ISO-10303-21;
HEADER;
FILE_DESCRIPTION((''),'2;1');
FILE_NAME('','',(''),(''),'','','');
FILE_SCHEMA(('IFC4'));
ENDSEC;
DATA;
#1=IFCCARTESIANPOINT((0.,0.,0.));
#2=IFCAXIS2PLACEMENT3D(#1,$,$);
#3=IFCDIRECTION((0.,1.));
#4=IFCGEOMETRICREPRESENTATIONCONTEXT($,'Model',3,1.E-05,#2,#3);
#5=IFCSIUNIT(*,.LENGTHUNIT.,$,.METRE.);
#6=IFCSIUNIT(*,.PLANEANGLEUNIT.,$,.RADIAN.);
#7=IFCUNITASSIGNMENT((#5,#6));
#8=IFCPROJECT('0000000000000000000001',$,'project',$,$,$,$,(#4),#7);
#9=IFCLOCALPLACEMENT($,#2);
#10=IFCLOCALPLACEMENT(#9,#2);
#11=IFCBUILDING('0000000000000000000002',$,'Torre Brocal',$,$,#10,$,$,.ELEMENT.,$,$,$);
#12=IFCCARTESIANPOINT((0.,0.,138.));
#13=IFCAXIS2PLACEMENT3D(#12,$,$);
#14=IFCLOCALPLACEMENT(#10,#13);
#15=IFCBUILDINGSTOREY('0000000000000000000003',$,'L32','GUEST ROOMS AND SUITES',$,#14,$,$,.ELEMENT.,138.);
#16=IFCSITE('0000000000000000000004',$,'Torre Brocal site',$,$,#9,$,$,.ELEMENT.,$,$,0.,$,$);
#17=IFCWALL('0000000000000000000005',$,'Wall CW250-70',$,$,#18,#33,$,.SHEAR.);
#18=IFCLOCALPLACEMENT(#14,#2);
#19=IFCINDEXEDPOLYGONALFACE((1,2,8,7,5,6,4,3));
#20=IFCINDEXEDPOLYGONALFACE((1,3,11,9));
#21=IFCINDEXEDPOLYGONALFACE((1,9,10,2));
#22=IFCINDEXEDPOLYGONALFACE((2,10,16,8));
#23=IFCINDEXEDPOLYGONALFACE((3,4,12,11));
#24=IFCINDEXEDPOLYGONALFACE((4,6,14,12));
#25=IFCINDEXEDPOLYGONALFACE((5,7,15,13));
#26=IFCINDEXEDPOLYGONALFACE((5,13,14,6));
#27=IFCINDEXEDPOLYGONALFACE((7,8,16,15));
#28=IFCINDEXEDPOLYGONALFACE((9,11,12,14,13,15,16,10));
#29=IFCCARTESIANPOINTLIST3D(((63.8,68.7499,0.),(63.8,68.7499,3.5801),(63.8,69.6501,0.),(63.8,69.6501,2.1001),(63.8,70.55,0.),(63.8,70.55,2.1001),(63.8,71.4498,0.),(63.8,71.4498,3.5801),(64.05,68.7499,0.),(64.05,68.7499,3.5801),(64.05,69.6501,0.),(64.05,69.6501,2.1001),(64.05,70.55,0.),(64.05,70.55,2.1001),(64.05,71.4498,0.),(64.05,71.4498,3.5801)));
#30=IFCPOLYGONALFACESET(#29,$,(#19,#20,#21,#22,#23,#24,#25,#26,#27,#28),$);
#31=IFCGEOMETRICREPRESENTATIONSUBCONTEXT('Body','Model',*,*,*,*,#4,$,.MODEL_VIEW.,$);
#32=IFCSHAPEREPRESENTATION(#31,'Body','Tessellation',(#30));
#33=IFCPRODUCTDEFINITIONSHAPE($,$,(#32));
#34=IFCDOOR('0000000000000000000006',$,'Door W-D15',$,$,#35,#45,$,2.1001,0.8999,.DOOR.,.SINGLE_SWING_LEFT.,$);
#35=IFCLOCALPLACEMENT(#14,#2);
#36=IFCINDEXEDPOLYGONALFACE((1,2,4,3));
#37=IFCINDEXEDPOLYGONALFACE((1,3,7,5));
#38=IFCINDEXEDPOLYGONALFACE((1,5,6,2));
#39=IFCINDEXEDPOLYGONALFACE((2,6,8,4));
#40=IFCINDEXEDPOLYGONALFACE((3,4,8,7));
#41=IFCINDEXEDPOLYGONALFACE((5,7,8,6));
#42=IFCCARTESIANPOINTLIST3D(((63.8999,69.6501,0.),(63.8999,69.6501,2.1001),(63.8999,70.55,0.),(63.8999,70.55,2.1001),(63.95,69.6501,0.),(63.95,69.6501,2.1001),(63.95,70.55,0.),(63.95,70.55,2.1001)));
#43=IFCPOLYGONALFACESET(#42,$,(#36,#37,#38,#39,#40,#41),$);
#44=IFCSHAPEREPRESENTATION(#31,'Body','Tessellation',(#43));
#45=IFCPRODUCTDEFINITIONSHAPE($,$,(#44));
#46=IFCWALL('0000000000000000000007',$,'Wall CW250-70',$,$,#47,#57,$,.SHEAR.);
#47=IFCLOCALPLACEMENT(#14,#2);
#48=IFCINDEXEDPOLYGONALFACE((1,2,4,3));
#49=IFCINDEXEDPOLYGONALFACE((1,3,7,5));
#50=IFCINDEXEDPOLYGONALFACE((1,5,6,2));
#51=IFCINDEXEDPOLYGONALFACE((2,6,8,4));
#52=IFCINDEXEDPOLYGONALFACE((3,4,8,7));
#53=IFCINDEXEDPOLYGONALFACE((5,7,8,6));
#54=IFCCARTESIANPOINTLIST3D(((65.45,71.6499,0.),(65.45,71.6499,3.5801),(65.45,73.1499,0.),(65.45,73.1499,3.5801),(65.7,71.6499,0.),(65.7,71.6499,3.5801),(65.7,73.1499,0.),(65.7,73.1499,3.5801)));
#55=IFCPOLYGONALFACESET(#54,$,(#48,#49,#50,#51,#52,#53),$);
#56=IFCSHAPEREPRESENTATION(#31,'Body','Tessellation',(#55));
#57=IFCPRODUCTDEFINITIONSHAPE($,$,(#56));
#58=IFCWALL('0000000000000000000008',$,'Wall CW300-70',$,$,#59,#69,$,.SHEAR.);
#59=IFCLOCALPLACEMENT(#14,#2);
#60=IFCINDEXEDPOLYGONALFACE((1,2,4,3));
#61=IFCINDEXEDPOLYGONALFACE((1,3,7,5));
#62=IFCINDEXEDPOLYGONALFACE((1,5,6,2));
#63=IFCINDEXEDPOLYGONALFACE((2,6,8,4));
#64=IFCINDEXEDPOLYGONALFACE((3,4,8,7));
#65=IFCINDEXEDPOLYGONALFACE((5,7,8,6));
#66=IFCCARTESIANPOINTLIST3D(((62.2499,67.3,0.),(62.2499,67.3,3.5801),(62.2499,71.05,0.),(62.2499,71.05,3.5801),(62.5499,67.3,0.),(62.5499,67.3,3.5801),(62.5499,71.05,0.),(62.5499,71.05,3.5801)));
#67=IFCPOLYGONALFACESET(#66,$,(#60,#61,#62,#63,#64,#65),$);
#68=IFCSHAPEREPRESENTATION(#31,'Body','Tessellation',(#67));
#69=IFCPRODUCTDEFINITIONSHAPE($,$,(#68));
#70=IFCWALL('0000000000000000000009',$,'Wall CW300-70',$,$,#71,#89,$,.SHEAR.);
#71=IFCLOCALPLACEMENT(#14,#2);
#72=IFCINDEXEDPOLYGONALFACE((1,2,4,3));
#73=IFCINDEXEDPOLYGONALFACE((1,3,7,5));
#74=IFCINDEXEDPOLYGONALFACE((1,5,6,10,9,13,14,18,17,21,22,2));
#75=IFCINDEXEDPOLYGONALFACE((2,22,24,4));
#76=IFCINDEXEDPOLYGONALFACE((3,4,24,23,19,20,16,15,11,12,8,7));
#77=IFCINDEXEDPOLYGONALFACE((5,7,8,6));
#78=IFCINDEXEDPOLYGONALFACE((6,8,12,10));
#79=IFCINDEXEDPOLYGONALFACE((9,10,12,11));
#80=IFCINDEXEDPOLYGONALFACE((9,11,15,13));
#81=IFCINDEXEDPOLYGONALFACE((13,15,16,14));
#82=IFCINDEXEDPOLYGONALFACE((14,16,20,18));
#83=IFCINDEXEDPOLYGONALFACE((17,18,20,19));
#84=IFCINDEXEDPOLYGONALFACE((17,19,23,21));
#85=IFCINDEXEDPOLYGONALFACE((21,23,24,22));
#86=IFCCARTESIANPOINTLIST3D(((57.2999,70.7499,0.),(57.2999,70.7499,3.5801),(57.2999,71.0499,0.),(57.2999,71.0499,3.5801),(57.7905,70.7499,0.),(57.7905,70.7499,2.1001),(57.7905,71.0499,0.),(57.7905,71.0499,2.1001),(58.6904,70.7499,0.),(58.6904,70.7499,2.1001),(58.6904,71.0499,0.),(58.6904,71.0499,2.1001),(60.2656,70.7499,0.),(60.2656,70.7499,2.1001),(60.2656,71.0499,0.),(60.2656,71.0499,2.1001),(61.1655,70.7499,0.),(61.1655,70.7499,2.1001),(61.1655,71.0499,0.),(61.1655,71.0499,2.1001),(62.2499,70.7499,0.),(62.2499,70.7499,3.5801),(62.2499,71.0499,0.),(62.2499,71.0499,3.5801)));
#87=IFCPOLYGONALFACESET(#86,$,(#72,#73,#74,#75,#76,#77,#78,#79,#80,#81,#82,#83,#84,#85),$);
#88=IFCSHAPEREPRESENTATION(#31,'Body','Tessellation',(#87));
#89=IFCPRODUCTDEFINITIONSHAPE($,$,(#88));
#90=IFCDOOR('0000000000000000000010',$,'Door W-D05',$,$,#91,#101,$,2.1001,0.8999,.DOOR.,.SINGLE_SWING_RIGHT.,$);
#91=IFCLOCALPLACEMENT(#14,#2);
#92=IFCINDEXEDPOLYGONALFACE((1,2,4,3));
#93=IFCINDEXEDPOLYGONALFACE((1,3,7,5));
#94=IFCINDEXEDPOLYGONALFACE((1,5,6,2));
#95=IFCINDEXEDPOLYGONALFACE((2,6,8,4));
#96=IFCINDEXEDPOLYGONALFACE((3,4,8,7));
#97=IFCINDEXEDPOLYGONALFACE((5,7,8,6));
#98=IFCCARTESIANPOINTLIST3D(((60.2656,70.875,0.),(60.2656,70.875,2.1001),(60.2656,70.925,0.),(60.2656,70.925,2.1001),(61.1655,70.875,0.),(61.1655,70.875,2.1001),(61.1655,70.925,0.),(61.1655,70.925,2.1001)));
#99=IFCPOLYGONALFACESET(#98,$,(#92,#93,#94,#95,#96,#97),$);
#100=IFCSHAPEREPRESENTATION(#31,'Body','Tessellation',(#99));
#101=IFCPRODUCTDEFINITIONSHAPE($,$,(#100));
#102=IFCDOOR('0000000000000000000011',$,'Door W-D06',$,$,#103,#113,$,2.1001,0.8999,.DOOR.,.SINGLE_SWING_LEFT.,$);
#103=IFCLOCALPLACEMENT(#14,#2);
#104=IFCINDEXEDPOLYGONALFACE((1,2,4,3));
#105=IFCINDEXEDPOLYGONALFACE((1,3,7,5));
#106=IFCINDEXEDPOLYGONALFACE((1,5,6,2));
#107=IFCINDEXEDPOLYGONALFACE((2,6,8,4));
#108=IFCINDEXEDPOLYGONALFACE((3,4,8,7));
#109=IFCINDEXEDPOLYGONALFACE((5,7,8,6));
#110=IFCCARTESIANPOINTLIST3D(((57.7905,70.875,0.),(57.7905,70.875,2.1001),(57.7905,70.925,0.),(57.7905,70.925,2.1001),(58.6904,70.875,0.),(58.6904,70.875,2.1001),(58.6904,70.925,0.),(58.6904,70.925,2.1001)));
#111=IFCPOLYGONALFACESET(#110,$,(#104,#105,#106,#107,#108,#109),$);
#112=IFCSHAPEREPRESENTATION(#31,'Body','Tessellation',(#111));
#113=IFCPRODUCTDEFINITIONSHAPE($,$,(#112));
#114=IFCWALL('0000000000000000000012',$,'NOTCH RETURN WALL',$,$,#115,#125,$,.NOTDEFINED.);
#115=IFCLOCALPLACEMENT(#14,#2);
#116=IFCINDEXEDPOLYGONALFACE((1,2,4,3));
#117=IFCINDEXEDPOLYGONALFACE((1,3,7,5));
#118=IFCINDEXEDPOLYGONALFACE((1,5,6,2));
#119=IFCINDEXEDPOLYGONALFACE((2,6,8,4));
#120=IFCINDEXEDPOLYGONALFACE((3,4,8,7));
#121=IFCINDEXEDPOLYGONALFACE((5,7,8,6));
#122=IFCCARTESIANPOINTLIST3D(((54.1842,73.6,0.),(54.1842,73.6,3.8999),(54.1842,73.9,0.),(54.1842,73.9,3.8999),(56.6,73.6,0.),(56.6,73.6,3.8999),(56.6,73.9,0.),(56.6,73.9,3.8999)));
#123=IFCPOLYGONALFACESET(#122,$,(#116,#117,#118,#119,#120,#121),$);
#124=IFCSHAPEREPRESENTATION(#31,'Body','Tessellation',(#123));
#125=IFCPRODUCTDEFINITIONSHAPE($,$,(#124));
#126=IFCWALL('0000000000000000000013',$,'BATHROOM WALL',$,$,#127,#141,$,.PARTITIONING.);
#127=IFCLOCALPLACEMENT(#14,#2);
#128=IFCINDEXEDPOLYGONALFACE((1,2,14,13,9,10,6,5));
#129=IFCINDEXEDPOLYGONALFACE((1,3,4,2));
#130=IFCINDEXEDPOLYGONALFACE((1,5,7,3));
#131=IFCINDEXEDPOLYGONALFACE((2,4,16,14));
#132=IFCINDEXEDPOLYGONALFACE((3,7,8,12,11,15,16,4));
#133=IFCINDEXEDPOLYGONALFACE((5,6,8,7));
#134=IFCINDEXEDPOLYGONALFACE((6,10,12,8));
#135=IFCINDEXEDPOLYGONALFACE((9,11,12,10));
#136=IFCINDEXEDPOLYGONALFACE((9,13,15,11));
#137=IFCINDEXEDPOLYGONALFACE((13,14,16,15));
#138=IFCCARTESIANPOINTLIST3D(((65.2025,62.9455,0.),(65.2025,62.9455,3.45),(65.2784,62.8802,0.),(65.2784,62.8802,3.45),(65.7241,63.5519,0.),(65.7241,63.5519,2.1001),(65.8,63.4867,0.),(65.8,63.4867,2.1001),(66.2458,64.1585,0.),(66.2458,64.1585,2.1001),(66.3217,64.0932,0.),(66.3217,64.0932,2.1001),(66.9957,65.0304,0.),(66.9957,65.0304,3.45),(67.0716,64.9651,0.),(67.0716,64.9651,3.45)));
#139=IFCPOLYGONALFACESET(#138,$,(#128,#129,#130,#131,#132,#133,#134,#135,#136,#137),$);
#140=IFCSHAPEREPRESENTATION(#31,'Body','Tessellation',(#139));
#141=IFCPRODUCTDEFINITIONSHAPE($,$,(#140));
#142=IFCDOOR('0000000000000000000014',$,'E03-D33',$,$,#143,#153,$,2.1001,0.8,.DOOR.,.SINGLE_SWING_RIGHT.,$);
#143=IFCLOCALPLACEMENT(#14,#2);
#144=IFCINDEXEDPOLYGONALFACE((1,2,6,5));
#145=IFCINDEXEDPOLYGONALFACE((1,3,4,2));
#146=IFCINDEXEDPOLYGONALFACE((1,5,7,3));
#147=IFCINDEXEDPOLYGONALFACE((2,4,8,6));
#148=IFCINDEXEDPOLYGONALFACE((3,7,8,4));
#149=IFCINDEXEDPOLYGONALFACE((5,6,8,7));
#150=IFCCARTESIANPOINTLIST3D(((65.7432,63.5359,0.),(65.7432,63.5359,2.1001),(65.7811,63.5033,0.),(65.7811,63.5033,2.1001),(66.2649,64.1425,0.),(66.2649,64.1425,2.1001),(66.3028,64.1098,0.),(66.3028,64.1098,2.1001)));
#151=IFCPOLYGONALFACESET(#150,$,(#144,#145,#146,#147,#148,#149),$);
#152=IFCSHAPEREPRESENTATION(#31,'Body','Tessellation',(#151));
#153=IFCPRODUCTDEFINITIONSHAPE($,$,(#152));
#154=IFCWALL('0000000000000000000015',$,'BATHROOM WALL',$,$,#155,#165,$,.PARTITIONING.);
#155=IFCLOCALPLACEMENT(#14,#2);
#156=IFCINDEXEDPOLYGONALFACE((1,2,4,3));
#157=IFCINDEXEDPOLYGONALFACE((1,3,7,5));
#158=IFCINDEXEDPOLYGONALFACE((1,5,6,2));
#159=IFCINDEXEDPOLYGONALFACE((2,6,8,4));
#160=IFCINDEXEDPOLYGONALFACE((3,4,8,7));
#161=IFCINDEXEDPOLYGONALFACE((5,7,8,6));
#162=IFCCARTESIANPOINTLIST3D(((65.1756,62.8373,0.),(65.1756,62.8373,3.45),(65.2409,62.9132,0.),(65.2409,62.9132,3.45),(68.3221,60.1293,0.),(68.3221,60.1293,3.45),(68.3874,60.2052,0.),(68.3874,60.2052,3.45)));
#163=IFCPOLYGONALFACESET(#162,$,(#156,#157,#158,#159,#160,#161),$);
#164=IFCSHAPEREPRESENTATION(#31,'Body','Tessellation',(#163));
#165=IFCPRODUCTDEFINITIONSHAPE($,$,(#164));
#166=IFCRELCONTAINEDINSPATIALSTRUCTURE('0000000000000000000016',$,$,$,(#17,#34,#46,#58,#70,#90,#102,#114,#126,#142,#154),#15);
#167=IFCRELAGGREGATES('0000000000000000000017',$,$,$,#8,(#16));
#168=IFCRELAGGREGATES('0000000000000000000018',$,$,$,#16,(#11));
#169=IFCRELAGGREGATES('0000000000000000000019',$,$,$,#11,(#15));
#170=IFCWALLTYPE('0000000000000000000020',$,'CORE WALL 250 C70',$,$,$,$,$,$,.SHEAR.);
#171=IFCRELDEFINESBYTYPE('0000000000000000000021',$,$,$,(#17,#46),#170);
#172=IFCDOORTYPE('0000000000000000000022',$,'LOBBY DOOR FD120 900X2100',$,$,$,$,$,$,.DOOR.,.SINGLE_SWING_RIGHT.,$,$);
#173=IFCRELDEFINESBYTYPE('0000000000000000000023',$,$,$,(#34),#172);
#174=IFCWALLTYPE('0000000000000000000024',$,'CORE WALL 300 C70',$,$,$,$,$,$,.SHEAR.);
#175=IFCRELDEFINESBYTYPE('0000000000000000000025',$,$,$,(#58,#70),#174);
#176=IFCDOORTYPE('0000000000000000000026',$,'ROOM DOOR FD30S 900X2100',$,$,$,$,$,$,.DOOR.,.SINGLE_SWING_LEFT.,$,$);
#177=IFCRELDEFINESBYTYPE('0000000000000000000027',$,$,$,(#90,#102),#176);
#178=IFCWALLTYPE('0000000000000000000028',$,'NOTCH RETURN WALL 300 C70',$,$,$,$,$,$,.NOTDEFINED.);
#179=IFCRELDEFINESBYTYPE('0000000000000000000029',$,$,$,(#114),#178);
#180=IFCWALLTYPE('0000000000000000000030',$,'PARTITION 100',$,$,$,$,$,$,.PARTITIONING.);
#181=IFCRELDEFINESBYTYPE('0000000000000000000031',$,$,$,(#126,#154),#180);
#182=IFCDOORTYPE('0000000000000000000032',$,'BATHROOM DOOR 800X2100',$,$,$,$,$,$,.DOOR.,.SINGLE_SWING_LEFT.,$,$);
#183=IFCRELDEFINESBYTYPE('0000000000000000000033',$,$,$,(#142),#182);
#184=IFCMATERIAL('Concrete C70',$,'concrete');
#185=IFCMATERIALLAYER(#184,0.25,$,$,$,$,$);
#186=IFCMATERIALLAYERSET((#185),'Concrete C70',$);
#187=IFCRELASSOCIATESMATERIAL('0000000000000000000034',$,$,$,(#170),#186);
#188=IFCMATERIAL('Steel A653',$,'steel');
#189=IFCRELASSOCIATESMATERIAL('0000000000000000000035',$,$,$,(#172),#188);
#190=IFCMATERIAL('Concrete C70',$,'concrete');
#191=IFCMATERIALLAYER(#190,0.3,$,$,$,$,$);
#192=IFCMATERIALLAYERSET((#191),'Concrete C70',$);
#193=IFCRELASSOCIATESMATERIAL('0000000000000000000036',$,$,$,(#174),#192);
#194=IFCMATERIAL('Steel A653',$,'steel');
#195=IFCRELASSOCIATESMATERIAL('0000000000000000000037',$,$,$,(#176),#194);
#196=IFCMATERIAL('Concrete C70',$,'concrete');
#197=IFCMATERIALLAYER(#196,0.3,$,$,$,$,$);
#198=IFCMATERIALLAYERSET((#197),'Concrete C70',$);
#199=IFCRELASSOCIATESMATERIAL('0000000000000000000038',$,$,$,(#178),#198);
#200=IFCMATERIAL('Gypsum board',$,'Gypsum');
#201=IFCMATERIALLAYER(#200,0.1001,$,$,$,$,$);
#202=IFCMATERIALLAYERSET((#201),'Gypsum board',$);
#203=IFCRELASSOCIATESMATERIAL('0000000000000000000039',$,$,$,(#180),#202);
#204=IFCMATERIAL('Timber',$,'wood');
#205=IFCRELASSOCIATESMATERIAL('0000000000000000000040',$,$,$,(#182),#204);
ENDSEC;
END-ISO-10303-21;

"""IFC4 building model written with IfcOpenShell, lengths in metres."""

from ifc_helpers import new_model, si_unit, direction, frame, frame_2d, origin, place, context, subcontext, project, spatial, rectangle, extrude, material, layer, layer_set, type_object, element, fill, save


model = new_model("IFC4")

# Units and contexts
model_context = context("Model", 3, precision=1e-05, world=origin(), true_north=direction((0.0, 1.0)))
body_context = subcontext(model_context, "Body", "Model", "MODEL_VIEW")
ifc_project = project(units=[si_unit("LENGTHUNIT", "METRE"), si_unit("PLANEANGLEUNIT", "RADIAN")], contexts=[model_context])

# Site, building, storey
site_placement = place(None, origin())
site = spatial("IfcSite", under=ifc_project, at=site_placement, Name="Torre Brocal site", CompositionType="ELEMENT", RefElevation=0.0)
building_placement = place(site_placement, origin())
building = spatial("IfcBuilding", under=site, at=building_placement, Name="Torre Brocal", CompositionType="ELEMENT")
storey_placement = place(building_placement, frame((0.0, 0.0, 138.0)))
storey = spatial("IfcBuildingStorey", under=building, at=storey_placement, Name="L32", Description="GUEST ROOMS AND SUITES", CompositionType="ELEMENT", Elevation=138.0)

# Wall, opening, door
ifc_material_1 = material(Name="Concrete C70", Category="concrete")
ifc_layer_1 = layer(ifc_material_1, 0.25)
ifc_layer_set_1 = layer_set([ifc_layer_1], Name="Concrete C70")
wall_type_1 = type_object("IfcWallType", Name="CORE WALL 250 C70", PredefinedType="SHEAR", material=ifc_layer_set_1)
wall_1_placement = place(storey_placement, frame((63.925, 71.45, 0.0), z_axis=(0.0, 0.0, 1.0), x_axis=(0.0, -1.0, 0.0)))
wall_1 = element("IfcWall", 1, at=wall_1_placement, inside=storey, type_object=wall_type_1, Name="Wall CW250-70", PredefinedType="SHEAR", context=body_context, shape_type="SweptSolid", body=[
    extrude(rectangle(XDim=2.7, YDim=0.25, at=frame_2d((1.3501, 0.0))), origin(), (0.0, 0.0, 1.0), 3.5801),
])
opening_1_placement = place(wall_1_placement, frame((0.8999, 0.0, 0.0)))
opening_1 = element("IfcOpeningElement", 2, at=opening_1_placement, cuts=wall_1, PredefinedType="OPENING", context=body_context, shape_type="SweptSolid", body=[
    extrude(rectangle(XDim=0.8999, YDim=2.1001, at=frame_2d((0.45, 1.05))), frame((0.0, 0.135, 0.0), z_axis=(0.0, -1.0, 0.0), x_axis=(1.0, 0.0, 0.0)), (0.0, 0.0, 1.0), 0.27),
])
ifc_material_2 = material(Name="Steel A653", Category="steel")
door_type_1 = type_object("IfcDoorType", Name="LOBBY DOOR FD120 900X2100", OperationType="SINGLE_SWING_RIGHT", PredefinedType="DOOR", material=ifc_material_2)
door_1_placement = place(opening_1_placement, origin())
door_1 = element("IfcDoor", 3, at=door_1_placement, inside=storey, type_object=door_type_1, Name="Door W-D15", OperationType="SINGLE_SWING_LEFT", OverallHeight=2.1001, OverallWidth=0.8999, PredefinedType="DOOR", context=body_context, shape_type="SweptSolid", body=[
    extrude(rectangle(XDim=0.8999, YDim=2.1001, at=frame_2d((0.45, 1.05))), frame((0.0, 0.0249, 0.0), z_axis=(0.0, -1.0, 0.0), x_axis=(1.0, 0.0, 0.0)), (0.0, 0.0, 1.0), 0.05),
])
fill(opening_1, door_1)

# Walls
wall_2_placement = place(storey_placement, frame((65.575, 73.1499, 0.0), z_axis=(0.0, 0.0, 1.0), x_axis=(0.0, -1.0, 0.0)))
element("IfcWall", 4, at=wall_2_placement, inside=storey, type_object=wall_type_1, Name="Wall CW250-70", PredefinedType="SHEAR", context=body_context, shape_type="SweptSolid", body=[
    extrude(rectangle(XDim=1.5, YDim=0.25, at=frame_2d((0.75, 0.0))), origin(), (0.0, 0.0, 1.0), 3.5801),
])
ifc_material_3 = material(Name="Concrete C70", Category="concrete")
ifc_layer_2 = layer(ifc_material_3, 0.3)
ifc_layer_set_2 = layer_set([ifc_layer_2], Name="Concrete C70")
wall_type_2 = type_object("IfcWallType", Name="CORE WALL 300 C70", PredefinedType="SHEAR", material=ifc_layer_set_2)
wall_3_placement = place(storey_placement, frame((62.3999, 71.05, 0.0), z_axis=(0.0, 0.0, 1.0), x_axis=(0.0, -1.0, 0.0)))
element("IfcWall", 5, at=wall_3_placement, inside=storey, type_object=wall_type_2, Name="Wall CW300-70", PredefinedType="SHEAR", context=body_context, shape_type="SweptSolid", body=[
    extrude(rectangle(XDim=3.75, YDim=0.3, at=frame_2d((1.875, 0.0))), origin(), (0.0, 0.0, 1.0), 3.5801),
])

# Wall, openings, doors
wall_4_placement = place(storey_placement, frame((62.25, 70.8999, 0.0), z_axis=(0.0, 0.0, 1.0), x_axis=(-1.0, 0.0, 0.0)))
wall_4 = element("IfcWall", 6, at=wall_4_placement, inside=storey, type_object=wall_type_2, Name="Wall CW300-70", PredefinedType="SHEAR", context=body_context, shape_type="SweptSolid", body=[
    extrude(rectangle(XDim=4.95, YDim=0.3, at=frame_2d((2.4751, 0.0))), origin(), (0.0, 0.0, 1.0), 3.5801),
])
opening_2_placement = place(wall_4_placement, frame((1.0845, 0.0, 0.0)))
opening_2 = element("IfcOpeningElement", 7, at=opening_2_placement, cuts=wall_4, PredefinedType="OPENING", context=body_context, shape_type="SweptSolid", body=[
    extrude(rectangle(XDim=0.8999, YDim=2.1001, at=frame_2d((0.45, 1.05))), frame((0.0, 0.1599, 0.0), z_axis=(0.0, -1.0, 0.0), x_axis=(1.0, 0.0, 0.0)), (0.0, 0.0, 1.0), 0.3201),
])
opening_3_placement = place(wall_4_placement, frame((3.5596, 0.0, 0.0)))
opening_3 = element("IfcOpeningElement", 8, at=opening_3_placement, cuts=wall_4, PredefinedType="OPENING", context=body_context, shape_type="SweptSolid", body=[
    extrude(rectangle(XDim=0.8999, YDim=2.1001, at=frame_2d((0.45, 1.05))), frame((0.0, 0.1599, 0.0), z_axis=(0.0, -1.0, 0.0), x_axis=(1.0, 0.0, 0.0)), (0.0, 0.0, 1.0), 0.3201),
])
ifc_material_4 = material(Name="Steel A653", Category="steel")
door_type_2 = type_object("IfcDoorType", Name="ROOM DOOR FD30S 900X2100", OperationType="SINGLE_SWING_LEFT", PredefinedType="DOOR", material=ifc_material_4)
door_2_placement = place(opening_2_placement, origin())
door_2 = element("IfcDoor", 9, at=door_2_placement, inside=storey, type_object=door_type_2, Name="Door W-D05", OperationType="SINGLE_SWING_RIGHT", OverallHeight=2.1001, OverallWidth=0.8999, PredefinedType="DOOR", context=body_context, shape_type="SweptSolid", body=[
    extrude(rectangle(XDim=0.8999, YDim=2.1001, at=frame_2d((0.45, 1.05))), frame((0.0, 0.0249, 0.0), z_axis=(0.0, -1.0, 0.0), x_axis=(1.0, 0.0, 0.0)), (0.0, 0.0, 1.0), 0.05),
])
fill(opening_2, door_2)
door_3_placement = place(opening_3_placement, origin())
door_3 = element("IfcDoor", 10, at=door_3_placement, inside=storey, type_object=door_type_2, Name="Door W-D06", OperationType="SINGLE_SWING_LEFT", OverallHeight=2.1001, OverallWidth=0.8999, PredefinedType="DOOR", context=body_context, shape_type="SweptSolid", body=[
    extrude(rectangle(XDim=0.8999, YDim=2.1001, at=frame_2d((0.45, 1.05))), frame((0.0, 0.0249, 0.0), z_axis=(0.0, -1.0, 0.0), x_axis=(1.0, 0.0, 0.0)), (0.0, 0.0, 1.0), 0.05),
])
fill(opening_3, door_3)

# Wall
ifc_material_5 = material(Name="Concrete C70", Category="concrete")
ifc_layer_3 = layer(ifc_material_5, 0.3)
ifc_layer_set_3 = layer_set([ifc_layer_3], Name="Concrete C70")
wall_type_3 = type_object("IfcWallType", Name="NOTCH RETURN WALL 300 C70", PredefinedType="NOTDEFINED", material=ifc_layer_set_3)
wall_5_placement = place(storey_placement, frame((56.6001, 73.75, 0.0), z_axis=(0.0, 0.0, 1.0), x_axis=(-1.0, 0.0, 0.0)))
element("IfcWall", 11, at=wall_5_placement, inside=storey, type_object=wall_type_3, Name="NOTCH RETURN WALL", PredefinedType="NOTDEFINED", context=body_context, shape_type="SweptSolid", body=[
    extrude(rectangle(XDim=2.4158, YDim=0.3, at=frame_2d((1.208, 0.0))), origin(), (0.0, 0.0, 1.0), 3.8999),
])

# Wall, opening, door
ifc_material_6 = material(Name="Gypsum board", Category="Gypsum")
ifc_layer_4 = layer(ifc_material_6, 0.1001)
ifc_layer_set_4 = layer_set([ifc_layer_4], Name="Gypsum board")
wall_type_4 = type_object("IfcWallType", Name="PARTITION 100", PredefinedType="PARTITIONING", material=ifc_layer_set_4)
wall_6_placement = place(storey_placement, frame((65.2405, 62.9128, 0.0), z_axis=(0.0, 0.0, 1.0), x_axis=(0.65207, 0.758159, 0.0)))
wall_6 = element("IfcWall", 12, at=wall_6_placement, inside=storey, type_object=wall_type_4, Name="BATHROOM WALL", PredefinedType="PARTITIONING", context=body_context, shape_type="SweptSolid", body=[
    extrude(rectangle(XDim=2.75, YDim=0.1001, at=frame_2d((1.375, 0.0))), origin(), (0.0, 0.0, 1.0), 3.45),
])
opening_4_placement = place(wall_6_placement, frame((0.8, 0.0, 0.0)))
opening_4 = element("IfcOpeningElement", 13, at=opening_4_placement, cuts=wall_6, PredefinedType="OPENING", context=body_context, shape_type="SweptSolid", body=[
    extrude(rectangle(XDim=0.8, YDim=2.1001, at=frame_2d((0.3999, 1.05))), frame((0.0, 0.0601, 0.0), z_axis=(0.0, -1.0, 0.0), x_axis=(1.0, 0.0, 0.0)), (0.0, 0.0, 1.0), 0.1201),
])
ifc_material_7 = material(Name="Timber", Category="wood")
door_type_3 = type_object("IfcDoorType", Name="BATHROOM DOOR 800X2100", OperationType="SINGLE_SWING_LEFT", PredefinedType="DOOR", material=ifc_material_7)
door_4_placement = place(opening_4_placement, frame((0.8, 0.0, 0.0), z_axis=(0.0, 0.0, 1.0), x_axis=(-1.0, 0.0, 0.0)))
door_4 = element("IfcDoor", 14, at=door_4_placement, inside=storey, type_object=door_type_3, Name="E03-D33", OperationType="SINGLE_SWING_RIGHT", OverallHeight=2.1001, OverallWidth=0.8, PredefinedType="DOOR", context=body_context, shape_type="SweptSolid", body=[
    extrude(rectangle(XDim=0.8, YDim=2.1001, at=frame_2d((0.3999, 1.05))), frame((0.0, 0.0249, 0.0), z_axis=(0.0, -1.0, 0.0), x_axis=(1.0, 0.0, 0.0)), (0.0, 0.0, 1.0), 0.05),
])
fill(opening_4, door_4)

# Wall
wall_7_placement = place(storey_placement, frame((65.2083, 62.8752, 0.0), z_axis=(0.0, 0.0, 1.0), x_axis=(0.757943, -0.65232, 0.0)))
element("IfcWall", 15, at=wall_7_placement, inside=storey, type_object=wall_type_4, Name="BATHROOM WALL", PredefinedType="PARTITIONING", context=body_context, shape_type="SweptSolid", body=[
    extrude(rectangle(XDim=4.1514, YDim=0.1001, at=frame_2d((2.0757, 0.0))), origin(), (0.0, 0.0, 1.0), 3.45),
])

save(model, "model.ifc")
